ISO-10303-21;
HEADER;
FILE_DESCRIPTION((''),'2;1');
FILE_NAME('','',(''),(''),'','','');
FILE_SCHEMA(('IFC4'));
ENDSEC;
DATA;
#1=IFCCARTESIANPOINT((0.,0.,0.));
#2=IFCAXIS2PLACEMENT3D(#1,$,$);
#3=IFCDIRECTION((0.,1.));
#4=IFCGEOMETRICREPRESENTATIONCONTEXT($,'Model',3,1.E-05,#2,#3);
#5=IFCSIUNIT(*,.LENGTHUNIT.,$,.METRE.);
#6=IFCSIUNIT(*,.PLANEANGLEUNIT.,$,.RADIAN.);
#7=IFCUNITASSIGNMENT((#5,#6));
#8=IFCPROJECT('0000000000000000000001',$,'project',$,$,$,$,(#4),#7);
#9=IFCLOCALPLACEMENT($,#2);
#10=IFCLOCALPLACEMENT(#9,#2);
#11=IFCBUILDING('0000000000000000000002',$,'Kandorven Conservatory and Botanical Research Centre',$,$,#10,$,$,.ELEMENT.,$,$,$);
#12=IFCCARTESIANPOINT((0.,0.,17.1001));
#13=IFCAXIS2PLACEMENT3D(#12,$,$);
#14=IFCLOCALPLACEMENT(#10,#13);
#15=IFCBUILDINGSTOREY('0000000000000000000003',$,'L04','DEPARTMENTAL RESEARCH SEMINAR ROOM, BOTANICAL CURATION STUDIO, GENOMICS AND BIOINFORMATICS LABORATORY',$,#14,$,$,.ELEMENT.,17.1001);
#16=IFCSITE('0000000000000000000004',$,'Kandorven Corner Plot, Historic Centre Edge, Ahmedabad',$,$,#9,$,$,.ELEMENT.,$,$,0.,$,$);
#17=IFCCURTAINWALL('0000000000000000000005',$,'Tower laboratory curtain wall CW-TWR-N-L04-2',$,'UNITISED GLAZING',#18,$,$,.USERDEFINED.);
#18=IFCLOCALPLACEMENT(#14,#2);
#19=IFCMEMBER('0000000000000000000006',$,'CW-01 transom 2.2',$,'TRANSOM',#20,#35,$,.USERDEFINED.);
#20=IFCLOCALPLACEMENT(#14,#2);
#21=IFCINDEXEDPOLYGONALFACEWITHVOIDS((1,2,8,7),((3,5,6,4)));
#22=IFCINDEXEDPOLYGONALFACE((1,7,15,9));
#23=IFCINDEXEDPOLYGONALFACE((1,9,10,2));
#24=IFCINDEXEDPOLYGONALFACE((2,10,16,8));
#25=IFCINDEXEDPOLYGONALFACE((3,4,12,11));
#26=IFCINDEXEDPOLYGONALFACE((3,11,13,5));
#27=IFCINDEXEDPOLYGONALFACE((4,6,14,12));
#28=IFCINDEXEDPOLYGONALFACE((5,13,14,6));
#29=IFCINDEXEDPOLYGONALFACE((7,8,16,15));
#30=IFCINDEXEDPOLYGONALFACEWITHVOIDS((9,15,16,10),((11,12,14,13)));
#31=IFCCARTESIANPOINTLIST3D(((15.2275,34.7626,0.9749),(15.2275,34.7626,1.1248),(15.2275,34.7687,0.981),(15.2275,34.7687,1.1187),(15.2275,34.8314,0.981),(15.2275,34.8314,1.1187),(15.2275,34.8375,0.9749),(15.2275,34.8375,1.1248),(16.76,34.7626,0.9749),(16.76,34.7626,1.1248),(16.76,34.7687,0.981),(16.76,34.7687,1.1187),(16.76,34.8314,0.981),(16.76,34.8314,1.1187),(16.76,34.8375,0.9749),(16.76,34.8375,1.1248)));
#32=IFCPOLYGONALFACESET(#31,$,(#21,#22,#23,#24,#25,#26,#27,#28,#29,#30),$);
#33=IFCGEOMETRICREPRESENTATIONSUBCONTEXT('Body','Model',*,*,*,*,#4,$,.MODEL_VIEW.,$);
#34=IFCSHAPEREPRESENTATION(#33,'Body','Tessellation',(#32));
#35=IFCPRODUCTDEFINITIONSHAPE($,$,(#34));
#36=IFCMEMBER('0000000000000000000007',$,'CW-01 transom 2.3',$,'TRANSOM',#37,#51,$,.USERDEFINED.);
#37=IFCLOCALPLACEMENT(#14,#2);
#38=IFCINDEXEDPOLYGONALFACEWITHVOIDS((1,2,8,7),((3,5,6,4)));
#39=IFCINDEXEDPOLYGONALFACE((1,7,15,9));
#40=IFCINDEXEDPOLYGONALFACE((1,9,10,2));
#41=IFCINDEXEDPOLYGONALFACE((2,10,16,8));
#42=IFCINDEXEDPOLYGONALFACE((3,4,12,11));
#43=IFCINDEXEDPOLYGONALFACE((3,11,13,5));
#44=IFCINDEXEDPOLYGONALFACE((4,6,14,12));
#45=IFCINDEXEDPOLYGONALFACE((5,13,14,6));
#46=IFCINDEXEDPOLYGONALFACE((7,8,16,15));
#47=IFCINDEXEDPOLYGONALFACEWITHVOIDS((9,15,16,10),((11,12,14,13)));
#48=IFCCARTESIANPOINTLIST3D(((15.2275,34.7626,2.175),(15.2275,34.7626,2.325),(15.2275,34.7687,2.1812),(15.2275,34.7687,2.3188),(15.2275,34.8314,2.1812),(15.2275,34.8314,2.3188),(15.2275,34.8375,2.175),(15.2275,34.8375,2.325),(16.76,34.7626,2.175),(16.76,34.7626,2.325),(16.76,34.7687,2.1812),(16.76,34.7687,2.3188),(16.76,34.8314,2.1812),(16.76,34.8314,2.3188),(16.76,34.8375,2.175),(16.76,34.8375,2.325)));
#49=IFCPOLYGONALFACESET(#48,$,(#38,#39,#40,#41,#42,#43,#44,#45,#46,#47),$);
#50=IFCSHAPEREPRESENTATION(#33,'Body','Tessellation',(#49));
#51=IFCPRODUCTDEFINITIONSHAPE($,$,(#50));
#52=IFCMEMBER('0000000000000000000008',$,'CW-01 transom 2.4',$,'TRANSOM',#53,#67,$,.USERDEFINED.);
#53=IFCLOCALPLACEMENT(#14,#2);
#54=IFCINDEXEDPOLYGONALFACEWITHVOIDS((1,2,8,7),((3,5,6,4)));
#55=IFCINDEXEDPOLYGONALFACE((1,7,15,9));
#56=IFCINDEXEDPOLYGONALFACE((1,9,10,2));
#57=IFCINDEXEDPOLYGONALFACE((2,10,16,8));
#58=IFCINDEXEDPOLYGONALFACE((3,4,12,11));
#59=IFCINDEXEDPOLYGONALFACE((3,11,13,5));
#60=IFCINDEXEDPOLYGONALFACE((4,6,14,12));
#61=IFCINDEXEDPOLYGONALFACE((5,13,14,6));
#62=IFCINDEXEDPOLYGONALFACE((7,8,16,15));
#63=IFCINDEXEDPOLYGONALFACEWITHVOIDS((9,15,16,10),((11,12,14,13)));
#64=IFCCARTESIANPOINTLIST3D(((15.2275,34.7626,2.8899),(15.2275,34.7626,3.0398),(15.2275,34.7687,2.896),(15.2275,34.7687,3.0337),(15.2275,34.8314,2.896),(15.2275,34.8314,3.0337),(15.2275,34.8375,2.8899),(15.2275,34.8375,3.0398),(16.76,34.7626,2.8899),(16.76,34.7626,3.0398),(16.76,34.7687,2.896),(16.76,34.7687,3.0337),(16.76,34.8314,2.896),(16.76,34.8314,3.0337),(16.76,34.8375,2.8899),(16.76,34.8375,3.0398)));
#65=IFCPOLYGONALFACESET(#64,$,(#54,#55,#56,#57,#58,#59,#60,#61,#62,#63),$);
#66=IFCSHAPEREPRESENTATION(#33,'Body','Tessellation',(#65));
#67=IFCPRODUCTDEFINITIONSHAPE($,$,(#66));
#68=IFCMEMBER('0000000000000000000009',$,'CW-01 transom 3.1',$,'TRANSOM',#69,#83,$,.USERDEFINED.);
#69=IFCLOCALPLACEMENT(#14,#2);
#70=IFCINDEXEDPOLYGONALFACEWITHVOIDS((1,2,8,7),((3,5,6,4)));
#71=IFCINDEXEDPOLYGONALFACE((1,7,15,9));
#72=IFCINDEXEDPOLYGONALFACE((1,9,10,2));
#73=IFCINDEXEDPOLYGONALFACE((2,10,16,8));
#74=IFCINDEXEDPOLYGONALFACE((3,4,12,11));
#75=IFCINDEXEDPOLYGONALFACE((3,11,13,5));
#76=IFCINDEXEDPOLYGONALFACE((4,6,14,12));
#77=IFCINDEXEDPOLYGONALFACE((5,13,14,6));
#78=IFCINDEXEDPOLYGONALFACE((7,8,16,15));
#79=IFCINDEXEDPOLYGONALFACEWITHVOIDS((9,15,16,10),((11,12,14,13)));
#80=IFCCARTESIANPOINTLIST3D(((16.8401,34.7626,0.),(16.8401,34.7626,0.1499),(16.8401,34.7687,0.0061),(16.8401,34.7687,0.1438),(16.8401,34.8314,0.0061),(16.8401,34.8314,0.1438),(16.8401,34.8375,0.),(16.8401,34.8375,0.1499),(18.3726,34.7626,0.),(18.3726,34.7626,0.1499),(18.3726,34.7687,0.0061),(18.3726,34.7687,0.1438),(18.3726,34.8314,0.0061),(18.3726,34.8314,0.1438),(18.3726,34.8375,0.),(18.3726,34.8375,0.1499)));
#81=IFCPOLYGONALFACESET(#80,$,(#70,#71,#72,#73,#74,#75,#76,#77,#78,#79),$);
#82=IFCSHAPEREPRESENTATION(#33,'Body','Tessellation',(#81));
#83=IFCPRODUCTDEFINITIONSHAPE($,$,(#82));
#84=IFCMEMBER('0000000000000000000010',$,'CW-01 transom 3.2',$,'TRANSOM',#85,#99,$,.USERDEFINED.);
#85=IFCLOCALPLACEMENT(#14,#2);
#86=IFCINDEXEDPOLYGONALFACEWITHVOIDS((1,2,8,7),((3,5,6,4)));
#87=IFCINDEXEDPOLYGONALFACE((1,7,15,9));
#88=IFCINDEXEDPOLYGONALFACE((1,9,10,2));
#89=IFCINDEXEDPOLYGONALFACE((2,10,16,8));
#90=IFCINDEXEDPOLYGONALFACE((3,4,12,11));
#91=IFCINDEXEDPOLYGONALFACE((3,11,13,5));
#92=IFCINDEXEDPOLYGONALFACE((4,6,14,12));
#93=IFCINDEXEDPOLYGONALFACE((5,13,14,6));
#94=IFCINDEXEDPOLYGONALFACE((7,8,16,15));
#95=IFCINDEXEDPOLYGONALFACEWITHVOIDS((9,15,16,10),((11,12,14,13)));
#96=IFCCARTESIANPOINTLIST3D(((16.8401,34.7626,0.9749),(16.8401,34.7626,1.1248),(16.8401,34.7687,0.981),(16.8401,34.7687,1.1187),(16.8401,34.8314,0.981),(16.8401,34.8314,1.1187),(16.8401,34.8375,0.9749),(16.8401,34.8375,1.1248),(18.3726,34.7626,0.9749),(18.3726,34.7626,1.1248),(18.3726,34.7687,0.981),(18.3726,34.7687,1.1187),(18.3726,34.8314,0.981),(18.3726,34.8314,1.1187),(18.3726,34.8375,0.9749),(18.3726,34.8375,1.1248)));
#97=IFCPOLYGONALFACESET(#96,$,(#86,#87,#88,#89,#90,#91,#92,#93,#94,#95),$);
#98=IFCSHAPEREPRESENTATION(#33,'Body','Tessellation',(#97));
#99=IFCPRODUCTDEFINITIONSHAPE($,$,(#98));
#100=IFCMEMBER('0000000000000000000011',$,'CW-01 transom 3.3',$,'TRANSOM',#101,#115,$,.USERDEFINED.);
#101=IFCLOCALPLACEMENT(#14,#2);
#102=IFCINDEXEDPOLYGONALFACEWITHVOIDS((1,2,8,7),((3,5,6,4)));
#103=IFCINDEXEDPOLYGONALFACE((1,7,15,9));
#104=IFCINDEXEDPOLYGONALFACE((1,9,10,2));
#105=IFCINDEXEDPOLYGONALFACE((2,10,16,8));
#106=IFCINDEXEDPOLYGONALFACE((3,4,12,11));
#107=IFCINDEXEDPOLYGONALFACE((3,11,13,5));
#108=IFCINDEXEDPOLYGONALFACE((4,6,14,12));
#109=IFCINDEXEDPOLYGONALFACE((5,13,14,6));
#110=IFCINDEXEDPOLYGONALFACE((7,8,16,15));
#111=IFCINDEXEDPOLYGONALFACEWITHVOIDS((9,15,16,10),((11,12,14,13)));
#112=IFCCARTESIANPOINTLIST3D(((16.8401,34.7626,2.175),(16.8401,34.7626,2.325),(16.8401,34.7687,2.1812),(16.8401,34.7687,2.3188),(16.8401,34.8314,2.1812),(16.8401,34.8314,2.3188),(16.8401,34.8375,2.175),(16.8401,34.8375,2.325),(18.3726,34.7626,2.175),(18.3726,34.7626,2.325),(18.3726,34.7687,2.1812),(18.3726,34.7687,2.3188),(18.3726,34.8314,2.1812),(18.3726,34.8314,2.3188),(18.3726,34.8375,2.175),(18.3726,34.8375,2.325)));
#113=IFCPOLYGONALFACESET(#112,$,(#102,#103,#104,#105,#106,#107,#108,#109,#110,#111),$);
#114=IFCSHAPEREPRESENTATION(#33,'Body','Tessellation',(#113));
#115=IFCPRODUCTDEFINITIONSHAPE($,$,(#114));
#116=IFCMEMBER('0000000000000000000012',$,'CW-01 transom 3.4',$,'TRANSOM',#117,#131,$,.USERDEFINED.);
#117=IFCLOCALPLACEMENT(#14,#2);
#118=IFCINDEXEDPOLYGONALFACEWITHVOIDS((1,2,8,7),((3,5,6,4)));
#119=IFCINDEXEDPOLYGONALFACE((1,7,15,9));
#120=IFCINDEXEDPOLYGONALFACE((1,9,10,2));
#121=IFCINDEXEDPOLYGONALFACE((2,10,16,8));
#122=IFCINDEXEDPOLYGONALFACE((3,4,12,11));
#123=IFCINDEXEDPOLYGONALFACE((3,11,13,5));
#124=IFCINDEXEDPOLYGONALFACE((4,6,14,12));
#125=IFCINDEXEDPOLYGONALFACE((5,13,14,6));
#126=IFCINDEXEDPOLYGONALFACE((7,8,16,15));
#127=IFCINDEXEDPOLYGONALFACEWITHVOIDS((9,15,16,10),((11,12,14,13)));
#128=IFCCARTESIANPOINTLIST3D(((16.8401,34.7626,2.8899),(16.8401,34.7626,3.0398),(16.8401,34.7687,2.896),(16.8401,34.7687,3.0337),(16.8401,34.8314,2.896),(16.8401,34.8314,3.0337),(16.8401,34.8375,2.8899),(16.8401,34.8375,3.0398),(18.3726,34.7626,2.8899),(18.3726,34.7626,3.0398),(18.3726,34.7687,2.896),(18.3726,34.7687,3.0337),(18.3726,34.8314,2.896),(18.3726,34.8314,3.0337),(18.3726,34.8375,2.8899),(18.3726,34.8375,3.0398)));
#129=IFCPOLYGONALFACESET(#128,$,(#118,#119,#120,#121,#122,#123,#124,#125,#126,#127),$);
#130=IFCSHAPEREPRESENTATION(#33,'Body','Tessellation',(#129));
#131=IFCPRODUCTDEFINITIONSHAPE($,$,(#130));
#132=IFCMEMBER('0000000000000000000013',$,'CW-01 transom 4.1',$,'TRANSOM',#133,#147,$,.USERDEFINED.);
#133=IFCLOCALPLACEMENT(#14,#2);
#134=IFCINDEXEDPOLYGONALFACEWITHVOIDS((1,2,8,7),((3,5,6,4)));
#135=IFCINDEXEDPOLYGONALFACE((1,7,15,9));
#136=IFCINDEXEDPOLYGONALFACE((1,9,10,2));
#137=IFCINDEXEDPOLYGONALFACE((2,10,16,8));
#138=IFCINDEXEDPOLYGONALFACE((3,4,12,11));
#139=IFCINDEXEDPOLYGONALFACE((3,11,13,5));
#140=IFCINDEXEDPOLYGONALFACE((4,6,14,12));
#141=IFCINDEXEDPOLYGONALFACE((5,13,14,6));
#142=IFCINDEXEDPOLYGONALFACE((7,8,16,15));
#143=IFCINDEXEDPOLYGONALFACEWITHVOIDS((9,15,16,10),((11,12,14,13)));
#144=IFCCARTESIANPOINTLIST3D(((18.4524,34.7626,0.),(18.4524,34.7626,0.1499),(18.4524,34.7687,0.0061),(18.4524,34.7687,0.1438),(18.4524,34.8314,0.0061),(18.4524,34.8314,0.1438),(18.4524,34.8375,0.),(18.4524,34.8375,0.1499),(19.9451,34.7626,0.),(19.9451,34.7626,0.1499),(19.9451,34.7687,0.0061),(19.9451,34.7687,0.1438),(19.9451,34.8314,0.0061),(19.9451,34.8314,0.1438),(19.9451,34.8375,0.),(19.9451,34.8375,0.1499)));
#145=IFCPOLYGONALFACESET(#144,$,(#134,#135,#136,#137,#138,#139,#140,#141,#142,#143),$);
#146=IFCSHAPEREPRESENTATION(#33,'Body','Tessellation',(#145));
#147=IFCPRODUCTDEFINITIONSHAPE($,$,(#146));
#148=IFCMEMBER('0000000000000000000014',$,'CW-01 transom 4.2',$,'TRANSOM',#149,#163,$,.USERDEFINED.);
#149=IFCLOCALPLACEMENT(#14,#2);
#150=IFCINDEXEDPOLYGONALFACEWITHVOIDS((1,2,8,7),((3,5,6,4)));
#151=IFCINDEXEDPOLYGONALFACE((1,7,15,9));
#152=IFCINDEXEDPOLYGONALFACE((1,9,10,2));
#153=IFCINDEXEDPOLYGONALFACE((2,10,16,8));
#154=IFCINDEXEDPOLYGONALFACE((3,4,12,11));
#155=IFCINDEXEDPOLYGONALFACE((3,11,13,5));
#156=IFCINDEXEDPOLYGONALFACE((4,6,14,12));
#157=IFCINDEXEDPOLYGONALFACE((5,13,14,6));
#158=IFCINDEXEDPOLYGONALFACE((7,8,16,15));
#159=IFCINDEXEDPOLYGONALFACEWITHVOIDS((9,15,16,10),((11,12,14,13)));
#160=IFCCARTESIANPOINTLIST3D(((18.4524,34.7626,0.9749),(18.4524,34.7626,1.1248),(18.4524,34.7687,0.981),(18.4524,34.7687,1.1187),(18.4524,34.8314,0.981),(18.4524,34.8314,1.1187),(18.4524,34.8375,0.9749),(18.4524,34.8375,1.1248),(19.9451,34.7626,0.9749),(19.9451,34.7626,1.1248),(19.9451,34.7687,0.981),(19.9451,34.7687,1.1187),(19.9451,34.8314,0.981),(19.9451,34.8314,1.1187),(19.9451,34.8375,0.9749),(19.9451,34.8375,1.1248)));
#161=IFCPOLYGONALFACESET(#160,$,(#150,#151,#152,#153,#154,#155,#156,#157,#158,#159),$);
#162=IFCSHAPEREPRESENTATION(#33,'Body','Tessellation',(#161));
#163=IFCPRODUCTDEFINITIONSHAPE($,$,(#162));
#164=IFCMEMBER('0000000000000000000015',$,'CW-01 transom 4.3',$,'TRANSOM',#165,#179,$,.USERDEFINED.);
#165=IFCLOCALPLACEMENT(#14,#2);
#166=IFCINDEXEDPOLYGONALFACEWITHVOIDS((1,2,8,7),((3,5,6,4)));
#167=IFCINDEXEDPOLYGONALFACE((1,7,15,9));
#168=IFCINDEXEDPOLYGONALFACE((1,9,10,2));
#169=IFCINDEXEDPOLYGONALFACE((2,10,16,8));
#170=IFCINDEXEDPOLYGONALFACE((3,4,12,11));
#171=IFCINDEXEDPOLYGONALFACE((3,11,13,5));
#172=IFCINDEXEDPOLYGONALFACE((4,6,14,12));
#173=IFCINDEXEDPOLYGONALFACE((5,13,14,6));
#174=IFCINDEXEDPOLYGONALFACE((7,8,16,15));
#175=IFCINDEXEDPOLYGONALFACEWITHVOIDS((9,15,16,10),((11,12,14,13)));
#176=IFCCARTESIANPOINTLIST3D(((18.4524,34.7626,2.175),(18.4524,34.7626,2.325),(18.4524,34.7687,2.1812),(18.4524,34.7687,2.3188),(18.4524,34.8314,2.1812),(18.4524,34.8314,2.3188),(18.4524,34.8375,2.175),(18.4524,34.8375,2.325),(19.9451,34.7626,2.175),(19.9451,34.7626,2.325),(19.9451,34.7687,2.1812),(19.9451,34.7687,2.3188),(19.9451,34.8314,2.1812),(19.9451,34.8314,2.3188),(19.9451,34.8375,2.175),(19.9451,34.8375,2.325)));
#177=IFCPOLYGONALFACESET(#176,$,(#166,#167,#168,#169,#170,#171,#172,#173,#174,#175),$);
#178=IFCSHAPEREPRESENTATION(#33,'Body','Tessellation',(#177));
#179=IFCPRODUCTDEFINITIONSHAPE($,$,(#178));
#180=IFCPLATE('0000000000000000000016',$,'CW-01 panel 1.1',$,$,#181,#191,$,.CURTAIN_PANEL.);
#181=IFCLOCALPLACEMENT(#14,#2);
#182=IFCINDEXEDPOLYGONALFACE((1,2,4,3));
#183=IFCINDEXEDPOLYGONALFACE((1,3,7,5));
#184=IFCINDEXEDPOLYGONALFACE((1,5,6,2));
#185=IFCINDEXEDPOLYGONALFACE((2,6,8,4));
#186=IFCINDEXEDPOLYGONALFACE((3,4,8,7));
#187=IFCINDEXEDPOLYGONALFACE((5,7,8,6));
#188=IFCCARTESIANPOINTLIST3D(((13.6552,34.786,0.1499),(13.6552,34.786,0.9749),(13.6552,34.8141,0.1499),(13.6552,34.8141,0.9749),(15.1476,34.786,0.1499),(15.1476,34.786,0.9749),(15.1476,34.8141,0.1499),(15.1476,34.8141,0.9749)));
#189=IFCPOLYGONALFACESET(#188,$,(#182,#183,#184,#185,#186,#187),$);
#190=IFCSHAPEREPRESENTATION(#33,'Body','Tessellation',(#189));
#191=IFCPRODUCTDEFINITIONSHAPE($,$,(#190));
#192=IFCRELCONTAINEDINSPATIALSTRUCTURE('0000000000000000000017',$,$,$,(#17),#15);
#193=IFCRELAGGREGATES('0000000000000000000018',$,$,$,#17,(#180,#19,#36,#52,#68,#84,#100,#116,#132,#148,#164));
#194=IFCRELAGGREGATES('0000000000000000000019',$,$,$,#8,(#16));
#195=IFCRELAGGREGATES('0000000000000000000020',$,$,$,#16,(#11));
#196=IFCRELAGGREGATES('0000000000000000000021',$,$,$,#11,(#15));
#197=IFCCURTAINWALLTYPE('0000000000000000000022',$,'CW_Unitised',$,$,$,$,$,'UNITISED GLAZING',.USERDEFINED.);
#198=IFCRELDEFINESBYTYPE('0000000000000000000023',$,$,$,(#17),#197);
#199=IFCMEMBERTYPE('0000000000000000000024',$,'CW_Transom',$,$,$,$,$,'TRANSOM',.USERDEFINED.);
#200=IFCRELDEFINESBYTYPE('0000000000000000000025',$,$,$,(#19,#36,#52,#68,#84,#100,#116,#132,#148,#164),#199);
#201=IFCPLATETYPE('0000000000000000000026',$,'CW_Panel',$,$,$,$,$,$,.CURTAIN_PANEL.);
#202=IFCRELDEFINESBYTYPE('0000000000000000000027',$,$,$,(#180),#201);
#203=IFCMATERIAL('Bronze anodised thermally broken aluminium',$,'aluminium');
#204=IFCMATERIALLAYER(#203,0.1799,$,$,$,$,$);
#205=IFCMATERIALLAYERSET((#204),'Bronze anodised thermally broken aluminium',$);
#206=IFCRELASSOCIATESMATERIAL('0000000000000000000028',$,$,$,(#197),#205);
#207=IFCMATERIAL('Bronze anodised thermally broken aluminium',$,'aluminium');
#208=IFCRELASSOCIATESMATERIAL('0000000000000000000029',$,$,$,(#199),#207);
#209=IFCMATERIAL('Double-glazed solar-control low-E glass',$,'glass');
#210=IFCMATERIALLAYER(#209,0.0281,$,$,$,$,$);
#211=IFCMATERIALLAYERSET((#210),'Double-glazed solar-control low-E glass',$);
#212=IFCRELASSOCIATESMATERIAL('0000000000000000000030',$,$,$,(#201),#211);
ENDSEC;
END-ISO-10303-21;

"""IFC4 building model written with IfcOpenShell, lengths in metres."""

from ifc_helpers import new_model, si_unit, direction, frame, origin, origin_2d, place, context, subcontext, project, spatial, rectangle, hollow_rectangle, extrude, material, layer, layer_set, material_profile, profile_set, type_object, element, aggregate, save


model = new_model("IFC4")

# Units and contexts
model_context = context("Model", 3, precision=1e-05, world=origin(), true_north=direction((0.0, 1.0)))
body_context = subcontext(model_context, "Body", "Model", "MODEL_VIEW")
ifc_project = project(units=[si_unit("LENGTHUNIT", "METRE"), si_unit("PLANEANGLEUNIT", "RADIAN")], contexts=[model_context])

# Site, building, storey
site_placement = place(None, origin())
site = spatial("IfcSite", under=ifc_project, at=site_placement, Name="Kandorven Corner Plot, Historic Centre Edge, Ahmedabad", CompositionType="ELEMENT", RefElevation=0.0)
building_placement = place(site_placement, origin())
building = spatial("IfcBuilding", under=site, at=building_placement, Name="Kandorven Conservatory and Botanical Research Centre", CompositionType="ELEMENT")
storey_placement = place(building_placement, frame((0.0, 0.0, 17.1001)))
storey = spatial("IfcBuildingStorey", under=building, at=storey_placement, Name="L04", Description="DEPARTMENTAL RESEARCH SEMINAR ROOM, BOTANICAL CURATION STUDIO, GENOMICS AND BIOINFORMATICS LABORATORY", CompositionType="ELEMENT", Elevation=17.1001)

# Curtain wall, members, plate
ifc_material_1 = material(Name="Bronze anodised thermally broken aluminium", Category="aluminium")
ifc_layer_1 = layer(ifc_material_1, 0.1799)
ifc_layer_set_1 = layer_set([ifc_layer_1], Name="Bronze anodised thermally broken aluminium")
curtain_wall_type = type_object("IfcCurtainWallType", Name="CW_Unitised", ElementType="UNITISED GLAZING", PredefinedType="USERDEFINED", material=ifc_layer_set_1)
curtain_wall_placement = place(storey_placement, origin())
curtain_wall = element("IfcCurtainWall", 1, at=curtain_wall_placement, inside=storey, type_object=curtain_wall_type, Name="Tower laboratory curtain wall CW-TWR-N-L04-2", ObjectType="UNITISED GLAZING", PredefinedType="USERDEFINED")
ifc_material_2 = material(Name="Bronze anodised thermally broken aluminium", Category="aluminium")
ifc_material_profile_1 = material_profile(ifc_material_2, hollow_rectangle(XDim=0.075, YDim=0.1499, WallThickness=0.0061, at=origin_2d()))
ifc_profile_set_1 = profile_set([ifc_material_profile_1], Name="Bronze anodised thermally broken aluminium")
member_type_1 = type_object("IfcMemberType", Name="CW_Transom", ElementType="TRANSOM", PredefinedType="USERDEFINED", material=ifc_profile_set_1)
member_1_placement = place(storey_placement, frame((15.2275, 34.8, 1.0498), z_axis=(1.0, 0.0, 0.0), x_axis=(0.0, 1.0, 0.0)))
member_1 = element("IfcMember", 2, at=member_1_placement, type_object=member_type_1, Name="CW-01 transom 2.2", ObjectType="TRANSOM", PredefinedType="USERDEFINED", context=body_context, shape_type="SweptSolid", body=[
    extrude(hollow_rectangle(XDim=0.075, YDim=0.1499, WallThickness=0.0061, at=origin_2d()), origin(), (0.0, 0.0, 1.0), 1.5325),
])
member_2_placement = place(storey_placement, frame((15.2275, 34.8, 2.25), z_axis=(1.0, 0.0, 0.0), x_axis=(0.0, 1.0, 0.0)))
member_2 = element("IfcMember", 3, at=member_2_placement, type_object=member_type_1, Name="CW-01 transom 2.3", ObjectType="TRANSOM", PredefinedType="USERDEFINED", context=body_context, shape_type="SweptSolid", body=[
    extrude(hollow_rectangle(XDim=0.075, YDim=0.1499, WallThickness=0.0061, at=origin_2d()), origin(), (0.0, 0.0, 1.0), 1.5325),
])
member_3_placement = place(storey_placement, frame((15.2275, 34.8, 2.9648), z_axis=(1.0, 0.0, 0.0), x_axis=(0.0, 1.0, 0.0)))
member_3 = element("IfcMember", 4, at=member_3_placement, type_object=member_type_1, Name="CW-01 transom 2.4", ObjectType="TRANSOM", PredefinedType="USERDEFINED", context=body_context, shape_type="SweptSolid", body=[
    extrude(hollow_rectangle(XDim=0.075, YDim=0.1499, WallThickness=0.0061, at=origin_2d()), origin(), (0.0, 0.0, 1.0), 1.5325),
])
member_4_placement = place(storey_placement, frame((16.8401, 34.8, 0.075), z_axis=(1.0, 0.0, 0.0), x_axis=(0.0, 1.0, 0.0)))
member_4 = element("IfcMember", 5, at=member_4_placement, type_object=member_type_1, Name="CW-01 transom 3.1", ObjectType="TRANSOM", PredefinedType="USERDEFINED", context=body_context, shape_type="SweptSolid", body=[
    extrude(hollow_rectangle(XDim=0.075, YDim=0.1499, WallThickness=0.0061, at=origin_2d()), origin(), (0.0, 0.0, 1.0), 1.5325),
])
member_5_placement = place(storey_placement, frame((16.8401, 34.8, 1.0498), z_axis=(1.0, 0.0, 0.0), x_axis=(0.0, 1.0, 0.0)))
member_5 = element("IfcMember", 6, at=member_5_placement, type_object=member_type_1, Name="CW-01 transom 3.2", ObjectType="TRANSOM", PredefinedType="USERDEFINED", context=body_context, shape_type="SweptSolid", body=[
    extrude(hollow_rectangle(XDim=0.075, YDim=0.1499, WallThickness=0.0061, at=origin_2d()), origin(), (0.0, 0.0, 1.0), 1.5325),
])
member_6_placement = place(storey_placement, frame((16.8401, 34.8, 2.25), z_axis=(1.0, 0.0, 0.0), x_axis=(0.0, 1.0, 0.0)))
member_6 = element("IfcMember", 7, at=member_6_placement, type_object=member_type_1, Name="CW-01 transom 3.3", ObjectType="TRANSOM", PredefinedType="USERDEFINED", context=body_context, shape_type="SweptSolid", body=[
    extrude(hollow_rectangle(XDim=0.075, YDim=0.1499, WallThickness=0.0061, at=origin_2d()), origin(), (0.0, 0.0, 1.0), 1.5325),
])
member_7_placement = place(storey_placement, frame((16.8401, 34.8, 2.9648), z_axis=(1.0, 0.0, 0.0), x_axis=(0.0, 1.0, 0.0)))
member_7 = element("IfcMember", 8, at=member_7_placement, type_object=member_type_1, Name="CW-01 transom 3.4", ObjectType="TRANSOM", PredefinedType="USERDEFINED", context=body_context, shape_type="SweptSolid", body=[
    extrude(hollow_rectangle(XDim=0.075, YDim=0.1499, WallThickness=0.0061, at=origin_2d()), origin(), (0.0, 0.0, 1.0), 1.5325),
])
member_8_placement = place(storey_placement, frame((18.4524, 34.8, 0.075), z_axis=(1.0, 0.0, 0.0), x_axis=(0.0, 1.0, 0.0)))
member_8 = element("IfcMember", 9, at=member_8_placement, type_object=member_type_1, Name="CW-01 transom 4.1", ObjectType="TRANSOM", PredefinedType="USERDEFINED", context=body_context, shape_type="SweptSolid", body=[
    extrude(hollow_rectangle(XDim=0.075, YDim=0.1499, WallThickness=0.0061, at=origin_2d()), origin(), (0.0, 0.0, 1.0), 1.4927),
])
member_9_placement = place(storey_placement, frame((18.4524, 34.8, 1.0498), z_axis=(1.0, 0.0, 0.0), x_axis=(0.0, 1.0, 0.0)))
member_9 = element("IfcMember", 10, at=member_9_placement, type_object=member_type_1, Name="CW-01 transom 4.2", ObjectType="TRANSOM", PredefinedType="USERDEFINED", context=body_context, shape_type="SweptSolid", body=[
    extrude(hollow_rectangle(XDim=0.075, YDim=0.1499, WallThickness=0.0061, at=origin_2d()), origin(), (0.0, 0.0, 1.0), 1.4927),
])
member_10_placement = place(storey_placement, frame((18.4524, 34.8, 2.25), z_axis=(1.0, 0.0, 0.0), x_axis=(0.0, 1.0, 0.0)))
member_10 = element("IfcMember", 11, at=member_10_placement, type_object=member_type_1, Name="CW-01 transom 4.3", ObjectType="TRANSOM", PredefinedType="USERDEFINED", context=body_context, shape_type="SweptSolid", body=[
    extrude(hollow_rectangle(XDim=0.075, YDim=0.1499, WallThickness=0.0061, at=origin_2d()), origin(), (0.0, 0.0, 1.0), 1.4927),
])
ifc_material_3 = material(Name="Double-glazed solar-control low-E glass", Category="glass")
ifc_layer_2 = layer(ifc_material_3, 0.0281)
ifc_layer_set_2 = layer_set([ifc_layer_2], Name="Double-glazed solar-control low-E glass")
plate_type = type_object("IfcPlateType", Name="CW_Panel", PredefinedType="CURTAIN_PANEL", material=ifc_layer_set_2)
plate_1_placement = place(storey_placement, frame((14.4014, 34.8, 0.1499), z_axis=(0.0, 0.0, 1.0), x_axis=(1.0, 0.0, 0.0)))
plate_1 = element("IfcPlate", 12, at=plate_1_placement, type_object=plate_type, Name="CW-01 panel 1.1", PredefinedType="CURTAIN_PANEL", context=body_context, shape_type="SweptSolid", body=[
    extrude(rectangle(XDim=1.4924, YDim=0.0281, at=origin_2d()), origin(), (0.0, 0.0, 1.0), 0.825),
])
aggregate(curtain_wall, [plate_1, member_1, member_2, member_3, member_4, member_5, member_6, member_7, member_8, member_9, member_10])

save(model, "model.ifc")
